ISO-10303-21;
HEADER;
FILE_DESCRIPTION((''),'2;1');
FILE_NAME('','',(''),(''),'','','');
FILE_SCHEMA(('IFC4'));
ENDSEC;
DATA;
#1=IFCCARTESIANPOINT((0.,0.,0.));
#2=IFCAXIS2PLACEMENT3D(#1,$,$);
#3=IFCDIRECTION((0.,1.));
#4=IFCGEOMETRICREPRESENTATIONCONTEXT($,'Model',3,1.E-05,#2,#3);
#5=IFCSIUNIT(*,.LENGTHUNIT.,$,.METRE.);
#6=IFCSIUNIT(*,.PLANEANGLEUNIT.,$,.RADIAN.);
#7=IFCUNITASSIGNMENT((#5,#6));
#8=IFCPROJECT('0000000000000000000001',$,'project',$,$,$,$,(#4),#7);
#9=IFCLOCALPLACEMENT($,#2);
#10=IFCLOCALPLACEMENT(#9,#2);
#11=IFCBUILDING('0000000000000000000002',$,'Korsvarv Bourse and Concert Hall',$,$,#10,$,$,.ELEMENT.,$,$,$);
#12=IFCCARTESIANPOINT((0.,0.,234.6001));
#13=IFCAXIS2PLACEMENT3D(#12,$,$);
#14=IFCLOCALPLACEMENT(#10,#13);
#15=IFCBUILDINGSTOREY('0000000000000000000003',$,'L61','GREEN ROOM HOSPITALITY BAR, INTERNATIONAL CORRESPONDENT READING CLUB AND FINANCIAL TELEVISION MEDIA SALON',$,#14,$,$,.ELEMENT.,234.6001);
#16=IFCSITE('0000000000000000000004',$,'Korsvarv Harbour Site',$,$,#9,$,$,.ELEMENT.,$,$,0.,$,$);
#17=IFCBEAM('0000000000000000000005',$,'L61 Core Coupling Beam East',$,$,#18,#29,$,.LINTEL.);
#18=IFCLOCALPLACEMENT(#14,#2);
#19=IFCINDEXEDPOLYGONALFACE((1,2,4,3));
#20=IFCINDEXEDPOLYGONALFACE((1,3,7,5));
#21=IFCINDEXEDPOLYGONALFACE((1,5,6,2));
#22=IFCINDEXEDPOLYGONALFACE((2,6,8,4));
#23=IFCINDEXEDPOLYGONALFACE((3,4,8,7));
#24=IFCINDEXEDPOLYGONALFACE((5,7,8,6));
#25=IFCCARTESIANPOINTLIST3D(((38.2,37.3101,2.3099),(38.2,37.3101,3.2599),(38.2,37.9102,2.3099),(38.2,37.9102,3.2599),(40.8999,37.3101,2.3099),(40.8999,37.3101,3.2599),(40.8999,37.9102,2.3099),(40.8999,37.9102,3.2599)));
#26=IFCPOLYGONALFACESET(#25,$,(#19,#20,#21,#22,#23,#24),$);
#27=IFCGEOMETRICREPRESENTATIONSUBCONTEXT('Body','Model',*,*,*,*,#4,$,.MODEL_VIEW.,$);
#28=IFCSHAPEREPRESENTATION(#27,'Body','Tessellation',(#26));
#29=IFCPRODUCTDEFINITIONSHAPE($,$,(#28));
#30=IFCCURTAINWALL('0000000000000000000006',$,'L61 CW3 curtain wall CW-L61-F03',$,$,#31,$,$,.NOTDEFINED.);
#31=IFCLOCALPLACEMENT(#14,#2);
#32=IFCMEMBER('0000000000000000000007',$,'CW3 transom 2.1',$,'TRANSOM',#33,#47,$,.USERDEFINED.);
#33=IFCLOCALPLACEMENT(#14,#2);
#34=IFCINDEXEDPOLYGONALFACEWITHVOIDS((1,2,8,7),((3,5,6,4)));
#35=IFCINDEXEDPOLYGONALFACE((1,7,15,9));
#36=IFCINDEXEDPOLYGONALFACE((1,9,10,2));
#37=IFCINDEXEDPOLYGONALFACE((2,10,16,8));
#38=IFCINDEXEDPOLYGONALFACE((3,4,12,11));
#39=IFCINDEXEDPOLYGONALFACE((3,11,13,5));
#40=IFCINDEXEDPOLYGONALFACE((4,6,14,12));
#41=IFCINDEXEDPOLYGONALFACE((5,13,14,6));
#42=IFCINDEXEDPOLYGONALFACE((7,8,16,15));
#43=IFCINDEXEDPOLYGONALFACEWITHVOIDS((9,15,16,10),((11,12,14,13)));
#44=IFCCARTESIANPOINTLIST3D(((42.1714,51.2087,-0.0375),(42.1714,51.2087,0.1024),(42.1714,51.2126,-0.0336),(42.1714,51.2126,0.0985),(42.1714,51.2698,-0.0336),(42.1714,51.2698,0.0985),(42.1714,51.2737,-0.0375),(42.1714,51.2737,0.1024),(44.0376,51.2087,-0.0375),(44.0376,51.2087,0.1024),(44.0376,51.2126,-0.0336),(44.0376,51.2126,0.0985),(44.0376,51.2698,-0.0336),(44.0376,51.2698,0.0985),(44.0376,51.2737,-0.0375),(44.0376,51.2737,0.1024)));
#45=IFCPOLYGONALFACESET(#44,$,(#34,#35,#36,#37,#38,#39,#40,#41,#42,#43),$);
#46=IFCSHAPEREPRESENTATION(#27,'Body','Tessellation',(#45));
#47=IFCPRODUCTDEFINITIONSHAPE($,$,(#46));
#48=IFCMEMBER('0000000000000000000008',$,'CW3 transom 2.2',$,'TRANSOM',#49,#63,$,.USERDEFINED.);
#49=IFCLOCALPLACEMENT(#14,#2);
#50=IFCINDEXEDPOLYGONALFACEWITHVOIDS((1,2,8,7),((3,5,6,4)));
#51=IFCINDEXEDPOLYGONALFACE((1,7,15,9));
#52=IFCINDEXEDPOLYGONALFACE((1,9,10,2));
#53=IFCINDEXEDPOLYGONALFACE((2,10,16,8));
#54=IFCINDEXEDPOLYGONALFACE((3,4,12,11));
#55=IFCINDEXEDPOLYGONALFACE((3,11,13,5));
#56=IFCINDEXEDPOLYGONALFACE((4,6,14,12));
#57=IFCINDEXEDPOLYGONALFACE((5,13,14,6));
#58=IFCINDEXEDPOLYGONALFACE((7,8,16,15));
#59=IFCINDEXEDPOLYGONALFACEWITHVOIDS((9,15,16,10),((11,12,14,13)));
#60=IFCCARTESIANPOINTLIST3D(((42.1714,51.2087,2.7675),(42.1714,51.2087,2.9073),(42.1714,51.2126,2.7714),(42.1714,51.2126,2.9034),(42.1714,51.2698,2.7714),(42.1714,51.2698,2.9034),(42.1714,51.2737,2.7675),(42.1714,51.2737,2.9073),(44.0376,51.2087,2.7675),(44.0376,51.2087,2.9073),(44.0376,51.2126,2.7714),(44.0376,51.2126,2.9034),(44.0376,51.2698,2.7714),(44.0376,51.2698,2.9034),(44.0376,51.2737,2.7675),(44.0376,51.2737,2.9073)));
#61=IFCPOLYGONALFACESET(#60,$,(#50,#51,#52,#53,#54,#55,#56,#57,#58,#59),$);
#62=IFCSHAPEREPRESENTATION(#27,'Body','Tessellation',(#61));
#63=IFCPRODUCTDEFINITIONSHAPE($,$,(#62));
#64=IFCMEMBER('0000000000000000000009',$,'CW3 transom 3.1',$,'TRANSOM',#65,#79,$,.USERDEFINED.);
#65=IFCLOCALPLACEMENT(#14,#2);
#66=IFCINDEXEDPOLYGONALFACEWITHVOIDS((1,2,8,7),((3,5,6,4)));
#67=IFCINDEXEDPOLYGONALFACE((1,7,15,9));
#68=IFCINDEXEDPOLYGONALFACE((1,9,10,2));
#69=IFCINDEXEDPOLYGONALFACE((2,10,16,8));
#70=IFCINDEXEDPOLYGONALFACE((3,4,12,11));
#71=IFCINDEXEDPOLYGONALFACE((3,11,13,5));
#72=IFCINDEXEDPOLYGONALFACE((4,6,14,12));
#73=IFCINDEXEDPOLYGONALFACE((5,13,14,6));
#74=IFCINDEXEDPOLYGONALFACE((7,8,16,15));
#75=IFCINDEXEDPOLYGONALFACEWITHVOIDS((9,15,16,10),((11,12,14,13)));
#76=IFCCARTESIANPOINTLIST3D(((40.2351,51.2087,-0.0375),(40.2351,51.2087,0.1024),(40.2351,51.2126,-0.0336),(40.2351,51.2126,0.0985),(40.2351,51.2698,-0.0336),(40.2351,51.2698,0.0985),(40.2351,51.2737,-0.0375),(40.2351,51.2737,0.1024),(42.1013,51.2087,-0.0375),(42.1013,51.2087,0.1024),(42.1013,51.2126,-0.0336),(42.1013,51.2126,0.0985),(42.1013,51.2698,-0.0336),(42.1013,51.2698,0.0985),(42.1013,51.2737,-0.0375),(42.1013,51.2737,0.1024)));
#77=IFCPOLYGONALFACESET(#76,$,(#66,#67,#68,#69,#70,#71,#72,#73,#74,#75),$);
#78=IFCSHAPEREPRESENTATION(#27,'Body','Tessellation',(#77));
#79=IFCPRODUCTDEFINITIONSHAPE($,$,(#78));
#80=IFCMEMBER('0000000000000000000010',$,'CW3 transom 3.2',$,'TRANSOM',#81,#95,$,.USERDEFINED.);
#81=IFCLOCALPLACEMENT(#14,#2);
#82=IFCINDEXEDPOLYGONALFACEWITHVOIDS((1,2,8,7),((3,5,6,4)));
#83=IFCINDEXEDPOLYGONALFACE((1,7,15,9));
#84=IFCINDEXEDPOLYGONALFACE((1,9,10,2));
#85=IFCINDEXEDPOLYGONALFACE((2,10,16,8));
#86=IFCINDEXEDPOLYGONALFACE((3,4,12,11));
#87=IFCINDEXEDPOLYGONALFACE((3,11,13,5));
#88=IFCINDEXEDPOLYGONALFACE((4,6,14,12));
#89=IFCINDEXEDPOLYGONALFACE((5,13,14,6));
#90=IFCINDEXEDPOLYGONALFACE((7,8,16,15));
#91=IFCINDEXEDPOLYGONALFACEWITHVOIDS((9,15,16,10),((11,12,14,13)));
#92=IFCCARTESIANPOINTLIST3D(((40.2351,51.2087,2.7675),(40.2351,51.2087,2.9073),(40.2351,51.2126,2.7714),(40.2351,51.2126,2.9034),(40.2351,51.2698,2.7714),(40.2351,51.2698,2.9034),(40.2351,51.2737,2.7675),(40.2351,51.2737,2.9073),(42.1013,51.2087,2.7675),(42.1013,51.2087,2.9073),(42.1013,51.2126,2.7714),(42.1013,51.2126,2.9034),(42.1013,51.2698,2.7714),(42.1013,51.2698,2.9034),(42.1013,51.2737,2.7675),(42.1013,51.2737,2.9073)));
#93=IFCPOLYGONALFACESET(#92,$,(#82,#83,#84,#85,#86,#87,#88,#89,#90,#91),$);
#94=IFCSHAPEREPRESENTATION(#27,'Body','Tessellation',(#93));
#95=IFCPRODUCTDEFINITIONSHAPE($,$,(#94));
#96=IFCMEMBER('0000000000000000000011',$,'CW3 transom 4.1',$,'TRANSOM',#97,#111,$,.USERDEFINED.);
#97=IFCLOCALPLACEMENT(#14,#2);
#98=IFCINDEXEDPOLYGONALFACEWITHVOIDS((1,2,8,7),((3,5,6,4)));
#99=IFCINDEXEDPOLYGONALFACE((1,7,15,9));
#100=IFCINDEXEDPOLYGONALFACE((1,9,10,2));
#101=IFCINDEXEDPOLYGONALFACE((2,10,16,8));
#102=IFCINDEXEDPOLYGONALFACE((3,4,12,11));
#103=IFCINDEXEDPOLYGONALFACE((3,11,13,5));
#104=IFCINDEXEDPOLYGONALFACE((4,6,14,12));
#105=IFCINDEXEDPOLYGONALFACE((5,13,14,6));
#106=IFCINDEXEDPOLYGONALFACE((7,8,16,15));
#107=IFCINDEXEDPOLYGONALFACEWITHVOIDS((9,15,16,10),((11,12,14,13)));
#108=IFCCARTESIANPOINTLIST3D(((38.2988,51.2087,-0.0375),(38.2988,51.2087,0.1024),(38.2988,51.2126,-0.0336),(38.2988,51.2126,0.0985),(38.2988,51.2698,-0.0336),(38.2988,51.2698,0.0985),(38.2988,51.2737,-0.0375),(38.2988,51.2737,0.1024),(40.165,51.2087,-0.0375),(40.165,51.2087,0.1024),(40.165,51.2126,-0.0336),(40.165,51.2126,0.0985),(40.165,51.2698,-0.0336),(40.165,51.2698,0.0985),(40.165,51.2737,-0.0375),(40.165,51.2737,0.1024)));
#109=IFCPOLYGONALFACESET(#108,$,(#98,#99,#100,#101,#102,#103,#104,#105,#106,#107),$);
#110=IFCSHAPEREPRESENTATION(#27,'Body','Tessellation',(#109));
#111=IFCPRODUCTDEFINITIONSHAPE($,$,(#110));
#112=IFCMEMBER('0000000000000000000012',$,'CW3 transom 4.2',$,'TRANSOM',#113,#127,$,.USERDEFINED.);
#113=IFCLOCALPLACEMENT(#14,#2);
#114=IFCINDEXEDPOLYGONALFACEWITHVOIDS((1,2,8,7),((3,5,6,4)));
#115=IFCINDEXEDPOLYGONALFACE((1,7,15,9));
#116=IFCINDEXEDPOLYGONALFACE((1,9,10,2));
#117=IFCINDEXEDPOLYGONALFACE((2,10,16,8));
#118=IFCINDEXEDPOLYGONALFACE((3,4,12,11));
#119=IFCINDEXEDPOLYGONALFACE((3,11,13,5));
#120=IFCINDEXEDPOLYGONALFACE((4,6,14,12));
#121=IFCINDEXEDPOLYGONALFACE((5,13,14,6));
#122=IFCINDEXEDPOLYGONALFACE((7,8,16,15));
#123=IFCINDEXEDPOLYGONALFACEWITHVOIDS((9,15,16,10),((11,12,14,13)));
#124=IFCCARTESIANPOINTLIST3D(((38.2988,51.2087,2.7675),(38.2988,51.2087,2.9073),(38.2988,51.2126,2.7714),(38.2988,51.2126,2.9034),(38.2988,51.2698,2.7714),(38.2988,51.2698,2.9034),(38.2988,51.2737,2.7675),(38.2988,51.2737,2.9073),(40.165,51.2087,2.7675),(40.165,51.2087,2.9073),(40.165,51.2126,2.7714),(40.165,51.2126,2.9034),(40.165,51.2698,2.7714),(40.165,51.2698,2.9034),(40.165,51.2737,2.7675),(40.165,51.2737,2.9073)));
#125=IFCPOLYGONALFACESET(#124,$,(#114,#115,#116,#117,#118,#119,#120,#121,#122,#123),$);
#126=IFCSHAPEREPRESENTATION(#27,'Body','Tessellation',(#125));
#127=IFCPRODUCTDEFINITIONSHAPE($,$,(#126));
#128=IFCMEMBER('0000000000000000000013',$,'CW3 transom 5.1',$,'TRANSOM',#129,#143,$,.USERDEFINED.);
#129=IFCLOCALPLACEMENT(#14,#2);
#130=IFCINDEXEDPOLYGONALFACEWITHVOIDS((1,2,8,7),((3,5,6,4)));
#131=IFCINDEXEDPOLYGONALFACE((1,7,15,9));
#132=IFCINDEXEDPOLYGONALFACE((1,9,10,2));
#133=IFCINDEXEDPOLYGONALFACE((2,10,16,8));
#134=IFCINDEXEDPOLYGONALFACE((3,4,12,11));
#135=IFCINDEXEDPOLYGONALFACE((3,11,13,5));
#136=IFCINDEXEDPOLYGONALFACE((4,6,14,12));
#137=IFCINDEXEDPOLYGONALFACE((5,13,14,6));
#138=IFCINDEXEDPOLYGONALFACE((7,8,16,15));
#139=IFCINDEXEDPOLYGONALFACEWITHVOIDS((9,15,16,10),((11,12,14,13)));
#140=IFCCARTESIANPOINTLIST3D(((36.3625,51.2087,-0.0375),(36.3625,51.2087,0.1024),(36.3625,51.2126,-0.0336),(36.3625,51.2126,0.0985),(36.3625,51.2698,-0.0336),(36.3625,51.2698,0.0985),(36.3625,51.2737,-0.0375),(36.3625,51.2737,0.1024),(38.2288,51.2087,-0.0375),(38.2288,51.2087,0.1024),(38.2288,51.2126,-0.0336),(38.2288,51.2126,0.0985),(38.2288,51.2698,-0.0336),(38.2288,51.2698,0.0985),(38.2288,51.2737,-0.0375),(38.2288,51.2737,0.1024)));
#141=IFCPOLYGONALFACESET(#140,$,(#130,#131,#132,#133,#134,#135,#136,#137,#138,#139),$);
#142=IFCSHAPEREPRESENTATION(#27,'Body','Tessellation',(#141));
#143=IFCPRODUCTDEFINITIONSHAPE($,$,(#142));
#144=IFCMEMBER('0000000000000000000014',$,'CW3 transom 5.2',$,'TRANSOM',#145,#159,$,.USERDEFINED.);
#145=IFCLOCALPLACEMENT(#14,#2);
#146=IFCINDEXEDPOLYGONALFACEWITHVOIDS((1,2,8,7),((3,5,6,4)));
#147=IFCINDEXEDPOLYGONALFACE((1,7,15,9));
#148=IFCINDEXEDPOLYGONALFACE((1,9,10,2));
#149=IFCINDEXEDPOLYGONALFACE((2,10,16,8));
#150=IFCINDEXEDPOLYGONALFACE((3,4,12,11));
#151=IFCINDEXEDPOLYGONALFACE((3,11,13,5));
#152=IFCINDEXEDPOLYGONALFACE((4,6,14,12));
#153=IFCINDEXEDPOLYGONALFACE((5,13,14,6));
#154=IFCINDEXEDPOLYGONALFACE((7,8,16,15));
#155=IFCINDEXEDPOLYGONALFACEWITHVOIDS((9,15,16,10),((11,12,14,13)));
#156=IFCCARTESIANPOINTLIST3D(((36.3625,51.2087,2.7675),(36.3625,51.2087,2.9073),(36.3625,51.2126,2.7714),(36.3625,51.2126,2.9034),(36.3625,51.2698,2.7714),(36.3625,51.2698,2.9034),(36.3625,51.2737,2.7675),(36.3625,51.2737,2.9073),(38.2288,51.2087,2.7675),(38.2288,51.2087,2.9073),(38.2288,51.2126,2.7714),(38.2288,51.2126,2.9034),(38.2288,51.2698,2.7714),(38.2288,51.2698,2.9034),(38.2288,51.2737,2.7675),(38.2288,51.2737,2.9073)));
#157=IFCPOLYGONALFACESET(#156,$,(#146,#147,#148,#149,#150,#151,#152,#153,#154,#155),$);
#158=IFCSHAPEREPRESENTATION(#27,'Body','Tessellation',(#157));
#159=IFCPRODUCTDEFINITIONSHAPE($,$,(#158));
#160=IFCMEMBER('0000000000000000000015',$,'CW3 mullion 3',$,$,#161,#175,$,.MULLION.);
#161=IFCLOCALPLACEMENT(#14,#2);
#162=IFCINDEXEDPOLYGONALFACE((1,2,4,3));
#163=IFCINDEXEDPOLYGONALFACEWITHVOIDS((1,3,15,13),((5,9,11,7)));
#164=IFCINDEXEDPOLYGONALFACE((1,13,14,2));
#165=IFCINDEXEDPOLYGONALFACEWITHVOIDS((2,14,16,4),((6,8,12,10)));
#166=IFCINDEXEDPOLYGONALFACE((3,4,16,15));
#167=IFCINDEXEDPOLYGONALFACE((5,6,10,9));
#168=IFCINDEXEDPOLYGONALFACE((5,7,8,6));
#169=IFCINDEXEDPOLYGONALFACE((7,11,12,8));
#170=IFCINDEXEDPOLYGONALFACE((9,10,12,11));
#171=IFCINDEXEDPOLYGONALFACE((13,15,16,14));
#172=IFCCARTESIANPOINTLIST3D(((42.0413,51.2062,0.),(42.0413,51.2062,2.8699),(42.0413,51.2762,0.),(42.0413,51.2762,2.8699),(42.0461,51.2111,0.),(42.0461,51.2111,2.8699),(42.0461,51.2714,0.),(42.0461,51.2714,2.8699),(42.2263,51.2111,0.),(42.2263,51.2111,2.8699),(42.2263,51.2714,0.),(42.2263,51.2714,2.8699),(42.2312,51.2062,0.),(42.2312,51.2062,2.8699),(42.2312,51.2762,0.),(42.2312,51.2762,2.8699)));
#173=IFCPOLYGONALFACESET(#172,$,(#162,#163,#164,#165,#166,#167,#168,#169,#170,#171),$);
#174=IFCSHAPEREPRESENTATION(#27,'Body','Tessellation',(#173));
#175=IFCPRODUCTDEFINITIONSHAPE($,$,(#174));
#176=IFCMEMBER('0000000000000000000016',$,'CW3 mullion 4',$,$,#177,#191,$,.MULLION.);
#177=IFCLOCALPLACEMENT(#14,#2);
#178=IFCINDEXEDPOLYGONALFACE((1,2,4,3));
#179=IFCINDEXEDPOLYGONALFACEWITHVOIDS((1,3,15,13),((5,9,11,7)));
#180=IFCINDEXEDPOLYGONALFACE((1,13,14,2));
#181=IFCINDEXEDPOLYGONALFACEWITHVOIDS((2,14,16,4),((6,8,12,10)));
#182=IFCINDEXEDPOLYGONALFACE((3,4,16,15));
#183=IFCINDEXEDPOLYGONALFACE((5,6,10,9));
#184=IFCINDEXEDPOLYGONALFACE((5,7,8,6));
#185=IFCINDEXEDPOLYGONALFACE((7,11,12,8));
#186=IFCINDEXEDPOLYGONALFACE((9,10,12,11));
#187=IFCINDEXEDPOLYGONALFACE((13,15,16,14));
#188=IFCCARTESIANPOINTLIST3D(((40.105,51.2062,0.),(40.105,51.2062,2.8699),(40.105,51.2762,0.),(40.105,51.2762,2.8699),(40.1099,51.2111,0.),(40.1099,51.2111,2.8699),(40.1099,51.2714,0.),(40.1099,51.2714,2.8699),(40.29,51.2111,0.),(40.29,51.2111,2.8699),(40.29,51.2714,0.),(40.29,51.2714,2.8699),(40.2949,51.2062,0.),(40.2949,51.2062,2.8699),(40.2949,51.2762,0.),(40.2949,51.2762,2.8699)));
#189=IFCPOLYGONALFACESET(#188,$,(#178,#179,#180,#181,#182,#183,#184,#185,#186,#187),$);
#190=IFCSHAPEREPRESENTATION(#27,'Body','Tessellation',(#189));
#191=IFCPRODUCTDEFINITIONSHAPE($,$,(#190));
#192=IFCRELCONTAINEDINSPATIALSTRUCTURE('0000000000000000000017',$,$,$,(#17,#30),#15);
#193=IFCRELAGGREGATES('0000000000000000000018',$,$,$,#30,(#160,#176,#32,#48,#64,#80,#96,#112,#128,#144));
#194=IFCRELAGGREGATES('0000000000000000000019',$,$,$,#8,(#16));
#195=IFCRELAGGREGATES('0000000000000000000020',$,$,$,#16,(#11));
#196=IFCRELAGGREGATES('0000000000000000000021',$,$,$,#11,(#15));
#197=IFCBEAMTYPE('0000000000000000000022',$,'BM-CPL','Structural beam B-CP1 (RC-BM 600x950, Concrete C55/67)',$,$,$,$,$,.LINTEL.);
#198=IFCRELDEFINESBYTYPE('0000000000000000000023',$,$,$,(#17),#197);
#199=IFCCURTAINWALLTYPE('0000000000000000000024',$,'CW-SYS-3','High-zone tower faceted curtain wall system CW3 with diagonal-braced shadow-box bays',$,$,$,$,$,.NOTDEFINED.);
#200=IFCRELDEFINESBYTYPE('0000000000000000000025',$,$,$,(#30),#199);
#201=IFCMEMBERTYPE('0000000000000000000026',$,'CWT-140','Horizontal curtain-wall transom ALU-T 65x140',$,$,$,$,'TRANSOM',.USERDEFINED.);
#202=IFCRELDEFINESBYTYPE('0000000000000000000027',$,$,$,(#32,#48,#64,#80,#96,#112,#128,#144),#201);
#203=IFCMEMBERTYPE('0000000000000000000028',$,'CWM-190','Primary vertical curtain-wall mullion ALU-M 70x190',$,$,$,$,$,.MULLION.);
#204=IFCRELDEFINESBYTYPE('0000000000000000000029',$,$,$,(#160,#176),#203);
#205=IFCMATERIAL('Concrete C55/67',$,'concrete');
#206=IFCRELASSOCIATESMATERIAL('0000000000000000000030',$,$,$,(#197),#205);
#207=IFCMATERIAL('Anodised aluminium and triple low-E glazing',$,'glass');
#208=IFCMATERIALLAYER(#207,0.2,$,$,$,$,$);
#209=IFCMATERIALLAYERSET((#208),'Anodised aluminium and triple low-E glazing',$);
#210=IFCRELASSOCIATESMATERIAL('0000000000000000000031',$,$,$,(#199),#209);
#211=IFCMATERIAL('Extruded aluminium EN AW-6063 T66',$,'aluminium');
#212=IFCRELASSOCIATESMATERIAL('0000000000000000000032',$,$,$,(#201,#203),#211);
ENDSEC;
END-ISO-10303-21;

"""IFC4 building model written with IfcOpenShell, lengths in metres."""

from ifc_helpers import new_model, si_unit, direction, frame, origin, origin_2d, place, context, subcontext, project, spatial, rectangle, hollow_rectangle, extrude, source, transform, mapped, material, layer, layer_set, material_profile, profile_set, type_object, element, aggregate, save


model = new_model("IFC4")

# Units and contexts
model_context = context("Model", 3, precision=1e-05, world=origin(), true_north=direction((0.0, 1.0)))
body_context = subcontext(model_context, "Body", "Model", "MODEL_VIEW")
ifc_project = project(units=[si_unit("LENGTHUNIT", "METRE"), si_unit("PLANEANGLEUNIT", "RADIAN")], contexts=[model_context])

# Site, building, storey
site_placement = place(None, origin())
site = spatial("IfcSite", under=ifc_project, at=site_placement, Name="Korsvarv Harbour Site", CompositionType="ELEMENT", RefElevation=0.0)
building_placement = place(site_placement, origin())
building = spatial("IfcBuilding", under=site, at=building_placement, Name="Korsvarv Bourse and Concert Hall", CompositionType="ELEMENT")
storey_placement = place(building_placement, frame((0.0, 0.0, 234.6001)))
storey = spatial("IfcBuildingStorey", under=building, at=storey_placement, Name="L61", Description="GREEN ROOM HOSPITALITY BAR, INTERNATIONAL CORRESPONDENT READING CLUB AND FINANCIAL TELEVISION MEDIA SALON", CompositionType="ELEMENT", Elevation=234.6001)

# Beam
ifc_material_1 = material(Name="Concrete C55/67", Category="concrete")
ifc_material_profile_1 = material_profile(ifc_material_1, rectangle(XDim=0.6001, YDim=0.95, at=origin_2d()), Name="RC-BM 600x950")
ifc_profile_set_1 = profile_set([ifc_material_profile_1], Name="Concrete C55/67")
beam_type = type_object("IfcBeamType", Name="BM-CPL", Description="Structural beam B-CP1 (RC-BM 600x950, Concrete C55/67)", PredefinedType="LINTEL", material=ifc_profile_set_1)
shared_shape_1 = source(origin(), body_context, "Body", "SweptSolid", [
    extrude(rectangle(XDim=0.6001, YDim=0.95, at=origin_2d()), origin(), (0.0, 0.0, 1.0), 2.7),
])
beam_placement = place(storey_placement, frame((38.2, 37.6101, 2.7849), z_axis=(1.0, 0.0, 0.0), x_axis=(0.0, 1.0, 0.0)))
element("IfcBeam", 1, at=beam_placement, inside=storey, type_object=beam_type, Name="L61 Core Coupling Beam East", PredefinedType="LINTEL", context=body_context, shape_type="MappedRepresentation", body=[
    mapped(shared_shape_1, transform((0.0, 0.0, 0.0), scale=1.0)),
])

# Curtain wall, members
ifc_material_2 = material(Name="Anodised aluminium and triple low-E glazing", Category="glass")
ifc_layer_1 = layer(ifc_material_2, 0.2)
ifc_layer_set_1 = layer_set([ifc_layer_1], Name="Anodised aluminium and triple low-E glazing")
curtain_wall_type = type_object("IfcCurtainWallType", Name="CW-SYS-3", Description="High-zone tower faceted curtain wall system CW3 with diagonal-braced shadow-box bays", PredefinedType="NOTDEFINED", material=ifc_layer_set_1)
curtain_wall_placement = place(storey_placement, origin())
curtain_wall = element("IfcCurtainWall", 2, at=curtain_wall_placement, inside=storey, type_object=curtain_wall_type, Name="L61 CW3 curtain wall CW-L61-F03", PredefinedType="NOTDEFINED")
ifc_material_3 = material(Name="Extruded aluminium EN AW-6063 T66", Category="aluminium")
ifc_material_profile_2 = material_profile(ifc_material_3, hollow_rectangle(XDim=0.0649, YDim=0.1399, WallThickness=0.0039, at=origin_2d()), Name="ALU-T 65x140")
ifc_profile_set_2 = profile_set([ifc_material_profile_2], Name="Extruded aluminium EN AW-6063 T66")
member_type_1 = type_object("IfcMemberType", Name="CWT-140", Description="Horizontal curtain-wall transom ALU-T 65x140", ElementType="TRANSOM", PredefinedType="USERDEFINED", material=ifc_profile_set_2)
shared_shape_2 = source(origin(), body_context, "Body", "SweptSolid", [
    extrude(hollow_rectangle(XDim=0.0649, YDim=0.1399, WallThickness=0.0039, at=origin_2d()), origin(), (0.0, 0.0, 1.0), 1.8662),
])
member_1_placement = place(storey_placement, frame((44.0376, 51.2412, 0.0325), z_axis=(-1.0, 0.0, 0.0), x_axis=(0.0, -1.0, 0.0)))
member_1 = element("IfcMember", 3, at=member_1_placement, type_object=member_type_1, Name="CW3 transom 2.1", ObjectType="TRANSOM", PredefinedType="USERDEFINED", context=body_context, shape_type="MappedRepresentation", body=[
    mapped(shared_shape_2, transform((0.0, 0.0, 0.0), scale=1.0)),
])
member_2_placement = place(storey_placement, frame((44.0376, 51.2412, 2.8374), z_axis=(-1.0, 0.0, 0.0), x_axis=(0.0, -1.0, 0.0)))
member_2 = element("IfcMember", 4, at=member_2_placement, type_object=member_type_1, Name="CW3 transom 2.2", ObjectType="TRANSOM", PredefinedType="USERDEFINED", context=body_context, shape_type="MappedRepresentation", body=[
    mapped(shared_shape_2, transform((0.0, 0.0, 0.0), scale=1.0)),
])
member_3_placement = place(storey_placement, frame((42.1013, 51.2412, 0.0325), z_axis=(-1.0, 0.0, 0.0), x_axis=(0.0, -1.0, 0.0)))
member_3 = element("IfcMember", 5, at=member_3_placement, type_object=member_type_1, Name="CW3 transom 3.1", ObjectType="TRANSOM", PredefinedType="USERDEFINED", context=body_context, shape_type="MappedRepresentation", body=[
    mapped(shared_shape_2, transform((0.0, 0.0, 0.0), scale=1.0)),
])
member_4_placement = place(storey_placement, frame((42.1013, 51.2412, 2.8374), z_axis=(-1.0, 0.0, 0.0), x_axis=(0.0, -1.0, 0.0)))
member_4 = element("IfcMember", 6, at=member_4_placement, type_object=member_type_1, Name="CW3 transom 3.2", ObjectType="TRANSOM", PredefinedType="USERDEFINED", context=body_context, shape_type="MappedRepresentation", body=[
    mapped(shared_shape_2, transform((0.0, 0.0, 0.0), scale=1.0)),
])
member_5_placement = place(storey_placement, frame((40.165, 51.2412, 0.0325), z_axis=(-1.0, 0.0, 0.0), x_axis=(0.0, -1.0, 0.0)))
member_5 = element("IfcMember", 7, at=member_5_placement, type_object=member_type_1, Name="CW3 transom 4.1", ObjectType="TRANSOM", PredefinedType="USERDEFINED", context=body_context, shape_type="MappedRepresentation", body=[
    mapped(shared_shape_2, transform((0.0, 0.0, 0.0), scale=1.0)),
])
member_6_placement = place(storey_placement, frame((40.165, 51.2412, 2.8374), z_axis=(-1.0, 0.0, 0.0), x_axis=(0.0, -1.0, 0.0)))
member_6 = element("IfcMember", 8, at=member_6_placement, type_object=member_type_1, Name="CW3 transom 4.2", ObjectType="TRANSOM", PredefinedType="USERDEFINED", context=body_context, shape_type="MappedRepresentation", body=[
    mapped(shared_shape_2, transform((0.0, 0.0, 0.0), scale=1.0)),
])
member_7_placement = place(storey_placement, frame((38.2288, 51.2412, 0.0325), z_axis=(-1.0, 0.0, 0.0), x_axis=(0.0, -1.0, 0.0)))
member_7 = element("IfcMember", 9, at=member_7_placement, type_object=member_type_1, Name="CW3 transom 5.1", ObjectType="TRANSOM", PredefinedType="USERDEFINED", context=body_context, shape_type="MappedRepresentation", body=[
    mapped(shared_shape_2, transform((0.0, 0.0, 0.0), scale=1.0)),
])
member_8_placement = place(storey_placement, frame((38.2288, 51.2412, 2.8374), z_axis=(-1.0, 0.0, 0.0), x_axis=(0.0, -1.0, 0.0)))
member_8 = element("IfcMember", 10, at=member_8_placement, type_object=member_type_1, Name="CW3 transom 5.2", ObjectType="TRANSOM", PredefinedType="USERDEFINED", context=body_context, shape_type="MappedRepresentation", body=[
    mapped(shared_shape_2, transform((0.0, 0.0, 0.0), scale=1.0)),
])
ifc_material_profile_3 = material_profile(ifc_material_3, hollow_rectangle(XDim=0.0701, YDim=0.1899, WallThickness=0.0049, at=origin_2d()), Name="ALU-M 70x190")
ifc_profile_set_3 = profile_set([ifc_material_profile_3], Name="Extruded aluminium EN AW-6063 T66")
member_type_2 = type_object("IfcMemberType", Name="CWM-190", Description="Primary vertical curtain-wall mullion ALU-M 70x190", PredefinedType="MULLION", material=ifc_profile_set_3)
shared_shape_3 = source(origin(), body_context, "Body", "SweptSolid", [
    extrude(hollow_rectangle(XDim=0.0701, YDim=0.1899, WallThickness=0.0049, at=origin_2d()), origin(), (0.0, 0.0, 1.0), 2.8699),
])
member_9_placement = place(storey_placement, frame((42.1362, 51.2412, 0.0), z_axis=(0.0, 0.0, 1.0), x_axis=(0.0, -1.0, 0.0)))
member_9 = element("IfcMember", 11, at=member_9_placement, type_object=member_type_2, Name="CW3 mullion 3", PredefinedType="MULLION", context=body_context, shape_type="MappedRepresentation", body=[
    mapped(shared_shape_3, transform((0.0, 0.0, 0.0), scale=1.0)),
])
member_10_placement = place(storey_placement, frame((40.2, 51.2412, 0.0), z_axis=(0.0, 0.0, 1.0), x_axis=(0.0, -1.0, 0.0)))
member_10 = element("IfcMember", 12, at=member_10_placement, type_object=member_type_2, Name="CW3 mullion 4", PredefinedType="MULLION", context=body_context, shape_type="MappedRepresentation", body=[
    mapped(shared_shape_3, transform((0.0, 0.0, 0.0), scale=1.0)),
])
aggregate(curtain_wall, [member_9, member_10, member_1, member_2, member_3, member_4, member_5, member_6, member_7, member_8])

save(model, "model.ifc")
